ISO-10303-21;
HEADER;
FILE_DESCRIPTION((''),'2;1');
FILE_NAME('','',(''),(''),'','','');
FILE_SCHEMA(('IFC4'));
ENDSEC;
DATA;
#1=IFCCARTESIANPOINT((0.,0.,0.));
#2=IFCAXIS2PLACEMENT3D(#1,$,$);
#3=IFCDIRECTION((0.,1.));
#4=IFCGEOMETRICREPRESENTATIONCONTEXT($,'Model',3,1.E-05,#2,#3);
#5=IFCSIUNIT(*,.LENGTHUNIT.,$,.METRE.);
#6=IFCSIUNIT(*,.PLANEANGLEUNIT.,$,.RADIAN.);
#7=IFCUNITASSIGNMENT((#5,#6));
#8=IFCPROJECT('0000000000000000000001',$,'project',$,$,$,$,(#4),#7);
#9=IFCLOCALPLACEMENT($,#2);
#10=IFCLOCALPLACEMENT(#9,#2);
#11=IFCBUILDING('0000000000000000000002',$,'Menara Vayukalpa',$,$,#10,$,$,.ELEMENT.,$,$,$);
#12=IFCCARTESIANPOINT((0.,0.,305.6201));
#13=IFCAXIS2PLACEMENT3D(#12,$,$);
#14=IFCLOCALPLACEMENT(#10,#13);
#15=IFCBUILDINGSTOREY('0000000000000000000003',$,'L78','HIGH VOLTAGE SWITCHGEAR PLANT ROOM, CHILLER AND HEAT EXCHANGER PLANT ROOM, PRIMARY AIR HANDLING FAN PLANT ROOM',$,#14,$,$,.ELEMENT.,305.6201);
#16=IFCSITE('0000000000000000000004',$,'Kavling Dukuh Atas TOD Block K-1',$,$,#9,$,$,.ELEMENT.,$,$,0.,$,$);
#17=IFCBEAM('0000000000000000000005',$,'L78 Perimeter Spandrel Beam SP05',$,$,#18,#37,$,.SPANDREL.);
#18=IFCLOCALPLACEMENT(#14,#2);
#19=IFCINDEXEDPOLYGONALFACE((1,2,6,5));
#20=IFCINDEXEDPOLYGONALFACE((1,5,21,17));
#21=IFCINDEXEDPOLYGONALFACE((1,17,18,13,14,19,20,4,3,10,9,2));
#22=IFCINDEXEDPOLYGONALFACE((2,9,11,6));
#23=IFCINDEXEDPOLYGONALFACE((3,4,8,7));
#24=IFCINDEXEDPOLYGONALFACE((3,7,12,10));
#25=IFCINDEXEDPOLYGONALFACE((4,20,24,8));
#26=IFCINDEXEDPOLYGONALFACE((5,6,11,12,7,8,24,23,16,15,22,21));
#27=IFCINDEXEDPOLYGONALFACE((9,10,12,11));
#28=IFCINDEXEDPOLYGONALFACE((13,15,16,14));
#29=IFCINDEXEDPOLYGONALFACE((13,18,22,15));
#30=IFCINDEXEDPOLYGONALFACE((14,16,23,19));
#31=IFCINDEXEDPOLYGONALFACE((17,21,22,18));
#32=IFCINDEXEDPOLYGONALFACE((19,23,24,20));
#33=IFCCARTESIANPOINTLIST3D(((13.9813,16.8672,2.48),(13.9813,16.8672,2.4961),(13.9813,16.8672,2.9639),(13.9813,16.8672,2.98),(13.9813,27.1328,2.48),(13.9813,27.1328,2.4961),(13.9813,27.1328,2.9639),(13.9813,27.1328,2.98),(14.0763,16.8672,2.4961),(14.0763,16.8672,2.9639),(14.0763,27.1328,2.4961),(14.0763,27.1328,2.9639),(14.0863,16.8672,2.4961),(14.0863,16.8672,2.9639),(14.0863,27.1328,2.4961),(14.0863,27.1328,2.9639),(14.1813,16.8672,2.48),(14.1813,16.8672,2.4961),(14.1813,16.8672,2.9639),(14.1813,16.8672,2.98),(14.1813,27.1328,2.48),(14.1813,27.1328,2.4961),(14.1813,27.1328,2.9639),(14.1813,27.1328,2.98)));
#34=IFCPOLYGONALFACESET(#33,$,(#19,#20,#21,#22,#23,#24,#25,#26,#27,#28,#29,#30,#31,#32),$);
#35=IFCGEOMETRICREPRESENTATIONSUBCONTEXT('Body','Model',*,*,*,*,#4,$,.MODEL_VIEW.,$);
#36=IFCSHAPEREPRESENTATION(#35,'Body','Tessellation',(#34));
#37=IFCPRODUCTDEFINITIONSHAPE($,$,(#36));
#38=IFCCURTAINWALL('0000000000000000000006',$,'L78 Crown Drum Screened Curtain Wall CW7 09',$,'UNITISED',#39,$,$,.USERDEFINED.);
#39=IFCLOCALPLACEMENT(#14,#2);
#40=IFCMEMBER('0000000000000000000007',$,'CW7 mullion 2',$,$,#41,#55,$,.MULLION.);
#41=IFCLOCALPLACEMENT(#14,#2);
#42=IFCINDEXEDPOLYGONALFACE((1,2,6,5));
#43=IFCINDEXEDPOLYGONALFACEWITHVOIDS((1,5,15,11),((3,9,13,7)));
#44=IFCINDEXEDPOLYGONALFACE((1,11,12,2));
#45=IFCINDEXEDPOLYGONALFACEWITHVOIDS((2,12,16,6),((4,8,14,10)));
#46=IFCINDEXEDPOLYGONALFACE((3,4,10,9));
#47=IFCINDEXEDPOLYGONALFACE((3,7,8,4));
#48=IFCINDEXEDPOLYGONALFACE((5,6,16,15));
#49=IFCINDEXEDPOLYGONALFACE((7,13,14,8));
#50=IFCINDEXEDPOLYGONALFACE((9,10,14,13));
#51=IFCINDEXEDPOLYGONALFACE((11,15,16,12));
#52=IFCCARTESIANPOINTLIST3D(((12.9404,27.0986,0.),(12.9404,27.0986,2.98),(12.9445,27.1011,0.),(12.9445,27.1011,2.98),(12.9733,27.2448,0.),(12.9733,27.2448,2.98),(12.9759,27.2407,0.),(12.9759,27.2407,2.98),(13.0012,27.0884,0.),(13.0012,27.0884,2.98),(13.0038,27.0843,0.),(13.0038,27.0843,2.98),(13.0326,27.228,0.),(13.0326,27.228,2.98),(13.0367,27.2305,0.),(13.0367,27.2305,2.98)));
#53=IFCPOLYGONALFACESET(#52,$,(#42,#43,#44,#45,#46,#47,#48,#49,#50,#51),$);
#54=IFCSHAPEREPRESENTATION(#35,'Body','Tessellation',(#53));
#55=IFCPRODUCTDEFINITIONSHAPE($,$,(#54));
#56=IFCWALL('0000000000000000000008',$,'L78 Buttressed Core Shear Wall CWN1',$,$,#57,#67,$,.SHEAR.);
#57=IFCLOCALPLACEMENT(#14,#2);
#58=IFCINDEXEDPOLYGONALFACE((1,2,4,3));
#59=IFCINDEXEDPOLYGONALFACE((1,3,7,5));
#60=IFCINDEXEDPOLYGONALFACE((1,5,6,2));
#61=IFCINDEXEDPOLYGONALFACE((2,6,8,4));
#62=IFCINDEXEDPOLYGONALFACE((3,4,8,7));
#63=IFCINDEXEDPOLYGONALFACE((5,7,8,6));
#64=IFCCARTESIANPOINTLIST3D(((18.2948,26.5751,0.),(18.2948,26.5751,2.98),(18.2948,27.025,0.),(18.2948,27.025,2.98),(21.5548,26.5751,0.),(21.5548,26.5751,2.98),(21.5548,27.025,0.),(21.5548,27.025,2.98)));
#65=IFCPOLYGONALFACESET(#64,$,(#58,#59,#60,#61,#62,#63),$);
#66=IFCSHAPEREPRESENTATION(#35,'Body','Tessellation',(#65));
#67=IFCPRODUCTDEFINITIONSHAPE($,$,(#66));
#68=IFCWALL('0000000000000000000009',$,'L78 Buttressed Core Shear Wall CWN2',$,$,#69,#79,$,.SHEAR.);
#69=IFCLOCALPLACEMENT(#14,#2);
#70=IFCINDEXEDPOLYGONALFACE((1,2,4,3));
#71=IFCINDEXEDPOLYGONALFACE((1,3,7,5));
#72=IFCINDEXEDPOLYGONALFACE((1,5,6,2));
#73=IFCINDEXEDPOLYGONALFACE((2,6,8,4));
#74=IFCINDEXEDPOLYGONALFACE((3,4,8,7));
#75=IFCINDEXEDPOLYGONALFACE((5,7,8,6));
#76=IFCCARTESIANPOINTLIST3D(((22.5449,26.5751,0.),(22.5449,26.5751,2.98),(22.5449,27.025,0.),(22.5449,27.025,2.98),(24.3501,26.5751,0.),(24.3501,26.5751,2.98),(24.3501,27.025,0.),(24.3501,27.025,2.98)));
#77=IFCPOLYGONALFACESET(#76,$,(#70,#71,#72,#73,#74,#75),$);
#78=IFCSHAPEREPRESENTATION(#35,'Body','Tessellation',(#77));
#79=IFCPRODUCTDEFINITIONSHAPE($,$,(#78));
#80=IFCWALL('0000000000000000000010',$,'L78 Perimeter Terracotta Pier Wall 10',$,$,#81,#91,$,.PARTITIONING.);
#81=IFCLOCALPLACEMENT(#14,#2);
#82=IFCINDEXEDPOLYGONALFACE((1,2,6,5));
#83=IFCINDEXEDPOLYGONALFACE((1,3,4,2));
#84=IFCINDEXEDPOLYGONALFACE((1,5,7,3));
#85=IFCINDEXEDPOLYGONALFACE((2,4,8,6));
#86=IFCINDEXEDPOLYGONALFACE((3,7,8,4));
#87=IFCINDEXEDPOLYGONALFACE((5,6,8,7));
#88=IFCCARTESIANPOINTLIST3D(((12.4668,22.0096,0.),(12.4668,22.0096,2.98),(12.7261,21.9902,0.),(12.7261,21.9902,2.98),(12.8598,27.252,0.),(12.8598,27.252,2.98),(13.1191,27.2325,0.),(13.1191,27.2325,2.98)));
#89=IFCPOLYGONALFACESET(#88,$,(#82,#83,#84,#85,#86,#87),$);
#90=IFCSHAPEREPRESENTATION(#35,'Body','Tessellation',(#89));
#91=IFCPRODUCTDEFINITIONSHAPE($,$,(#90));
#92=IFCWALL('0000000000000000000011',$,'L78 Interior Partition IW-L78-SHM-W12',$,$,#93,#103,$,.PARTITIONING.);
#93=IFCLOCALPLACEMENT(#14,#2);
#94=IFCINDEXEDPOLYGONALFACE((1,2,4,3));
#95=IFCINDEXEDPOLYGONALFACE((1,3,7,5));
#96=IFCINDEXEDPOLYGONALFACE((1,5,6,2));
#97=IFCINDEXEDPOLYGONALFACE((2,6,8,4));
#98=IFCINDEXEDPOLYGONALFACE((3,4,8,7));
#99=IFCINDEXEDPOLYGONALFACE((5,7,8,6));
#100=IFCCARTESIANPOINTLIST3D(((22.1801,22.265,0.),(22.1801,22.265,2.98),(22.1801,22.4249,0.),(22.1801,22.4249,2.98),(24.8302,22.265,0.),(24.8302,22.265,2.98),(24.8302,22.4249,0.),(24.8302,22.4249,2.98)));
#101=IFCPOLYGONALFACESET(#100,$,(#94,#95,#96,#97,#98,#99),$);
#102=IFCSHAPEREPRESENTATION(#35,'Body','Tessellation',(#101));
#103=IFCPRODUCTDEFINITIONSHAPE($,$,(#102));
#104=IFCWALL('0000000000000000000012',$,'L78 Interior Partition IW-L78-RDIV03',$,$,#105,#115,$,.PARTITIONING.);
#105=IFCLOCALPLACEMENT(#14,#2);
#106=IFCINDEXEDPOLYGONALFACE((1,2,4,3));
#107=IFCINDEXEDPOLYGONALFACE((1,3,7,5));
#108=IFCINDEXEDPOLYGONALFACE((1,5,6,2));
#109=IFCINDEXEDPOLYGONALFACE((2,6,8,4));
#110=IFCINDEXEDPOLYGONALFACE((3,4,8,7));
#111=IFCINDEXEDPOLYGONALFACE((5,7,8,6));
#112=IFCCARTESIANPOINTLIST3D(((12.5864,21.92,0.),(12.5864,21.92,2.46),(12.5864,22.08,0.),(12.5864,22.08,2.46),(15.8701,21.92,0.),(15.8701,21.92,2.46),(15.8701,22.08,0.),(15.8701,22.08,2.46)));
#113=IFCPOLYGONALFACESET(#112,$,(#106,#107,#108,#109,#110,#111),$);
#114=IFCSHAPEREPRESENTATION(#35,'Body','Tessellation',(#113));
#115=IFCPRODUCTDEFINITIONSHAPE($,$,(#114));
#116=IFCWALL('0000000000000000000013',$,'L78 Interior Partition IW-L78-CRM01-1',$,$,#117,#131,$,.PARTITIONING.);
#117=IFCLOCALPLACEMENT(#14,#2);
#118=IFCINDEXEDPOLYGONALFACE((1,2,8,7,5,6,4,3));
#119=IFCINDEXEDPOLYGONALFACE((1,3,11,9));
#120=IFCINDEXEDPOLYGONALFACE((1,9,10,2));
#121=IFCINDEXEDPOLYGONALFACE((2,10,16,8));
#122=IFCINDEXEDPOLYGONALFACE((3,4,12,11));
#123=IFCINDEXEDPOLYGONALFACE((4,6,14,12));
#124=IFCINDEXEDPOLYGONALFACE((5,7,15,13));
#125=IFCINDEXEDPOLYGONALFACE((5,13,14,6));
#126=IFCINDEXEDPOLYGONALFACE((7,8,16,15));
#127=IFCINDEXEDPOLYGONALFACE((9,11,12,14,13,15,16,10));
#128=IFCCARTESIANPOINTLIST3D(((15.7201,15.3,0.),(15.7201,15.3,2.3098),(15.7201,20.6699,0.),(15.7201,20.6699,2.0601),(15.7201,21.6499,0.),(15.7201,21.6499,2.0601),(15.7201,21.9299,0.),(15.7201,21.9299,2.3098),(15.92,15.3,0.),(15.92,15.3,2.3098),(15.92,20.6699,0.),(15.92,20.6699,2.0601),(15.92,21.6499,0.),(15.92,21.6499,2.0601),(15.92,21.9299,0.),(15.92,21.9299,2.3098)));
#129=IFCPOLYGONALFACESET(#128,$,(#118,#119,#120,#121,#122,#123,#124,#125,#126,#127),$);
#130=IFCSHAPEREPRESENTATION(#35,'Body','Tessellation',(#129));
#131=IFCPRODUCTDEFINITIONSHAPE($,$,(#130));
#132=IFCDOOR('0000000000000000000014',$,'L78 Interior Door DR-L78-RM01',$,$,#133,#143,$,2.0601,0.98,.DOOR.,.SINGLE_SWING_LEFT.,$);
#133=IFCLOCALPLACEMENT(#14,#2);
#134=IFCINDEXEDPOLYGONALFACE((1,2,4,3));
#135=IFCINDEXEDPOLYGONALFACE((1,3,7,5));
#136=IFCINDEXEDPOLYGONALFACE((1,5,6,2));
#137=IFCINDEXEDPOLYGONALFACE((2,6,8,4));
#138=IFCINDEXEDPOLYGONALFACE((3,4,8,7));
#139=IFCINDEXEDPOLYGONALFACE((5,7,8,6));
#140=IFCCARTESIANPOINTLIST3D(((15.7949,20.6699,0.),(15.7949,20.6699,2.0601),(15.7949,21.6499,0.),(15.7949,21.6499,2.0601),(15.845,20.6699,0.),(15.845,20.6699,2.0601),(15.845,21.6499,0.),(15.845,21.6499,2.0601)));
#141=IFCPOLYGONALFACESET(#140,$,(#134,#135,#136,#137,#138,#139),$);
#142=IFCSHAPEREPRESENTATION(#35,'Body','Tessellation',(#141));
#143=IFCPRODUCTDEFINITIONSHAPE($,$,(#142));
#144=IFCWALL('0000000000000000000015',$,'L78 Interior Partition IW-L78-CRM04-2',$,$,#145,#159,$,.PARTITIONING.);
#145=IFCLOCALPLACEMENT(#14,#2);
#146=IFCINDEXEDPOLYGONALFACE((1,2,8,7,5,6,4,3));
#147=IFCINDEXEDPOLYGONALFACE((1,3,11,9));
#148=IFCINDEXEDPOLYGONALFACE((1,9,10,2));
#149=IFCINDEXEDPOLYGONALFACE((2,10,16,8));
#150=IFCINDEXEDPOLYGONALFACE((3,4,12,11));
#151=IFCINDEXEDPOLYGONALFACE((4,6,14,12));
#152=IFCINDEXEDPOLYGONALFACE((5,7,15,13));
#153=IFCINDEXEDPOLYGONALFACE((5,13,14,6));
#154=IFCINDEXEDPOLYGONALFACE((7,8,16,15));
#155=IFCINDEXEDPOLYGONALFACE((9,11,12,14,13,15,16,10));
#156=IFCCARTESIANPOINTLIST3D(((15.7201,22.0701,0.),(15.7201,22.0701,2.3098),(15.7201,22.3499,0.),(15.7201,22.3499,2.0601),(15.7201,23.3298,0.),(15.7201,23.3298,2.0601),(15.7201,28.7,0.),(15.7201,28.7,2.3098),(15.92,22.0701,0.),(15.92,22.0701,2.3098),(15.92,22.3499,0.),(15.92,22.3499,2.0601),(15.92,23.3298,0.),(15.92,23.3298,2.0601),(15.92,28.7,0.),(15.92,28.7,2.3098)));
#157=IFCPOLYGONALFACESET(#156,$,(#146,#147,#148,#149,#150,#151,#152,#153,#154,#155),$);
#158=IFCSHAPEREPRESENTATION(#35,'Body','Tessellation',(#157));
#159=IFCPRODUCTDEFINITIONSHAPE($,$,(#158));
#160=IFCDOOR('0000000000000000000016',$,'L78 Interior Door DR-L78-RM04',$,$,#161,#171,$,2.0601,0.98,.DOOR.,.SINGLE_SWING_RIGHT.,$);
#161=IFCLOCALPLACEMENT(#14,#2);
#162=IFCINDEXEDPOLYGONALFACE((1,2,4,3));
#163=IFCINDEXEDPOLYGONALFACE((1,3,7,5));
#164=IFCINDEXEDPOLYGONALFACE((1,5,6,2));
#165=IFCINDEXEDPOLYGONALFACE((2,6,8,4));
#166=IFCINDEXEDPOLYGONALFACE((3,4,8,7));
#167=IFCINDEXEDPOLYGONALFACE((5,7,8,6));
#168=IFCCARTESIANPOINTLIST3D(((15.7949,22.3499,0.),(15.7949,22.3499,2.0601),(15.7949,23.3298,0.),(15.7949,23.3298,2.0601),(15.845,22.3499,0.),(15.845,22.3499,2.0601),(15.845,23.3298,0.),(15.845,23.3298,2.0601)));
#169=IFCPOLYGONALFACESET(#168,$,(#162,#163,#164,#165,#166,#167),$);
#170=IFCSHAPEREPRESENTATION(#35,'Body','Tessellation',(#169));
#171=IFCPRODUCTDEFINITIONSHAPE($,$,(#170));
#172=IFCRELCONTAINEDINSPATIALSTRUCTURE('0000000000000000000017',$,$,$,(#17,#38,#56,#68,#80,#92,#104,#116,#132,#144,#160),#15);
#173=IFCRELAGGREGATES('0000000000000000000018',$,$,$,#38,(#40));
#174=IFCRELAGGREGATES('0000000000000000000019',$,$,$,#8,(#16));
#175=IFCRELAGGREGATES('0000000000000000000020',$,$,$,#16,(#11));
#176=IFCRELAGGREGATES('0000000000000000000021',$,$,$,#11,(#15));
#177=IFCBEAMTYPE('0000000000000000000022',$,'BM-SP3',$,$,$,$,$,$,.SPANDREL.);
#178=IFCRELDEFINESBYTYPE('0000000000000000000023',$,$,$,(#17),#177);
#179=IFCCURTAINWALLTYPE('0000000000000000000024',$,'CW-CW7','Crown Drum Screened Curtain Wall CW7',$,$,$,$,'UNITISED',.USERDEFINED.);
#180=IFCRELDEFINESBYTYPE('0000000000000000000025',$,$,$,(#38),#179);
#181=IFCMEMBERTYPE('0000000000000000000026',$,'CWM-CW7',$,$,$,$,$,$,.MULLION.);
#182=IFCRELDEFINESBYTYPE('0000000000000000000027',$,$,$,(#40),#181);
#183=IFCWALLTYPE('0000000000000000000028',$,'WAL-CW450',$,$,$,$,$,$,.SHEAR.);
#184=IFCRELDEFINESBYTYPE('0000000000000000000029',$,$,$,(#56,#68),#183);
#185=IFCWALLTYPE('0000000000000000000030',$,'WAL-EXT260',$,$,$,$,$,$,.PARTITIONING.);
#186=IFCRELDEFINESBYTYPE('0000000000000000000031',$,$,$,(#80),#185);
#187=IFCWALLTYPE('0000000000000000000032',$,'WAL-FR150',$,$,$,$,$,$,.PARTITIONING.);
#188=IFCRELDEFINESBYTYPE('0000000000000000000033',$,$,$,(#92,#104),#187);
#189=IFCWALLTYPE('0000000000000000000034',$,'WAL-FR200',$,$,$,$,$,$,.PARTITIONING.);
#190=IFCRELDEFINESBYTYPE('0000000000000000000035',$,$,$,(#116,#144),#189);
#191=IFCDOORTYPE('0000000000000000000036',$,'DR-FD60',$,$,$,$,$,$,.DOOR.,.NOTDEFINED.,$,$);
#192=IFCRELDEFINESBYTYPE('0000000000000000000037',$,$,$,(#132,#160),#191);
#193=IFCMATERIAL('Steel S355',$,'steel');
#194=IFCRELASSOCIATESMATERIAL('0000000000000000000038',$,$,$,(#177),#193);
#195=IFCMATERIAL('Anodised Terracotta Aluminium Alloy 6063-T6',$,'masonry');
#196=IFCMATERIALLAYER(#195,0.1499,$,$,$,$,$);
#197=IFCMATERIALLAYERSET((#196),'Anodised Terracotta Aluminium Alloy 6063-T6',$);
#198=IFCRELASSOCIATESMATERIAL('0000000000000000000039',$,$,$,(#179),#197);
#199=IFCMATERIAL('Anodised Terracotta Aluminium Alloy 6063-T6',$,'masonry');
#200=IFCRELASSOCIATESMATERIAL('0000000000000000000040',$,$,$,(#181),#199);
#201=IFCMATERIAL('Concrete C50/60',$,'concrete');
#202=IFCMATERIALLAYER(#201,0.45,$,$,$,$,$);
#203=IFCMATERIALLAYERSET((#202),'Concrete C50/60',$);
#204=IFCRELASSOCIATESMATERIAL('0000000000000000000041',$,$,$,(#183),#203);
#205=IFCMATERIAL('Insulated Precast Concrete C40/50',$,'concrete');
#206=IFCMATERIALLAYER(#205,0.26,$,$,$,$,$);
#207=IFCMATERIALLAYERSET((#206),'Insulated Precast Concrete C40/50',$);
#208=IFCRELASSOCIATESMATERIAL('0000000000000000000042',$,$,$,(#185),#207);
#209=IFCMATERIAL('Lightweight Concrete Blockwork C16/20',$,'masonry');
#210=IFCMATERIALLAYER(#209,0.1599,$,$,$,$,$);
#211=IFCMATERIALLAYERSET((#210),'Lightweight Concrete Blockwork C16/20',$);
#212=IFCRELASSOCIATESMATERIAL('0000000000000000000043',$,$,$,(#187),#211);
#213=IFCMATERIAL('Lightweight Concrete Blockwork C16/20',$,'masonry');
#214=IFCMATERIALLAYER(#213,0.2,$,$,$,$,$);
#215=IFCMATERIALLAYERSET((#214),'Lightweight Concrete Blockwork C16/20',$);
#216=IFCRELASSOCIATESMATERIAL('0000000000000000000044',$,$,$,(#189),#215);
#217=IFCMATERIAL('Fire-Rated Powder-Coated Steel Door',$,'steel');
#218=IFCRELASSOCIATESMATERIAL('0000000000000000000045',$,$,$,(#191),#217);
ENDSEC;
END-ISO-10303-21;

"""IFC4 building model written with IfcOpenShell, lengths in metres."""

from ifc_helpers import new_model, si_unit, direction, frame, frame_2d, origin, origin_2d, place, context, subcontext, project, spatial, rectangle, hollow_rectangle, i_section, extrude, material, layer, layer_set, material_profile, profile_set, type_object, element, fill, aggregate, save


model = new_model("IFC4")

# Units and contexts
model_context = context("Model", 3, precision=1e-05, world=origin(), true_north=direction((0.0, 1.0)))
body_context = subcontext(model_context, "Body", "Model", "MODEL_VIEW")
ifc_project = project(units=[si_unit("LENGTHUNIT", "METRE"), si_unit("PLANEANGLEUNIT", "RADIAN")], contexts=[model_context])

# Site, building, storey
site_placement = place(None, origin())
site = spatial("IfcSite", under=ifc_project, at=site_placement, Name="Kavling Dukuh Atas TOD Block K-1", CompositionType="ELEMENT", RefElevation=0.0)
building_placement = place(site_placement, origin())
building = spatial("IfcBuilding", under=site, at=building_placement, Name="Menara Vayukalpa", CompositionType="ELEMENT")
storey_placement = place(building_placement, frame((0.0, 0.0, 305.6201)))
storey = spatial("IfcBuildingStorey", under=building, at=storey_placement, Name="L78", Description="HIGH VOLTAGE SWITCHGEAR PLANT ROOM, CHILLER AND HEAT EXCHANGER PLANT ROOM, PRIMARY AIR HANDLING FAN PLANT ROOM", CompositionType="ELEMENT", Elevation=305.6201)

# Beam
ifc_material_1 = material(Name="Steel S355", Category="steel")
ifc_material_profile_1 = material_profile(ifc_material_1, i_section(OverallWidth=0.2, OverallDepth=0.5, WebThickness=0.01, FlangeThickness=0.0161, at=origin_2d()), Name="WF 500x200x10x16")
ifc_profile_set_1 = profile_set([ifc_material_profile_1], Name="Steel S355")
beam_type_1 = type_object("IfcBeamType", Name="BM-SP3", PredefinedType="SPANDREL", material=ifc_profile_set_1)
beam_1_placement = place(storey_placement, frame((14.0813, 27.1328, 2.73), z_axis=(0.0, -1.0, 0.0), x_axis=(1.0, 0.0, 0.0)))
element("IfcBeam", 1, at=beam_1_placement, inside=storey, type_object=beam_type_1, Name="L78 Perimeter Spandrel Beam SP05", PredefinedType="SPANDREL", context=body_context, shape_type="SweptSolid", body=[
    extrude(i_section(OverallWidth=0.2, OverallDepth=0.5, WebThickness=0.01, FlangeThickness=0.0161, at=origin_2d()), origin(), (0.0, 0.0, 1.0), 10.2656),
])

# Curtain wall, member
ifc_material_2 = material(Name="Anodised Terracotta Aluminium Alloy 6063-T6", Category="masonry")
ifc_layer_1 = layer(ifc_material_2, 0.1499)
ifc_layer_set_1 = layer_set([ifc_layer_1], Name="Anodised Terracotta Aluminium Alloy 6063-T6")
curtain_wall_type = type_object("IfcCurtainWallType", Name="CW-CW7", Description="Crown Drum Screened Curtain Wall CW7", ElementType="UNITISED", PredefinedType="USERDEFINED", material=ifc_layer_set_1)
curtain_wall_placement = place(storey_placement, origin())
curtain_wall = element("IfcCurtainWall", 2, at=curtain_wall_placement, inside=storey, type_object=curtain_wall_type, Name="L78 Crown Drum Screened Curtain Wall CW7 09", ObjectType="UNITISED", PredefinedType="USERDEFINED")
ifc_material_3 = material(Name="Anodised Terracotta Aluminium Alloy 6063-T6", Category="masonry")
ifc_material_profile_2 = material_profile(ifc_material_3, hollow_rectangle(XDim=0.0649, YDim=0.1499, WallThickness=0.0034, at=origin_2d()), Name="ALU 65x150x3.5")
ifc_profile_set_2 = profile_set([ifc_material_profile_2], Name="Anodised Terracotta Aluminium Alloy 6063-T6")
member_type = type_object("IfcMemberType", Name="CWM-CW7", PredefinedType="MULLION", material=ifc_profile_set_2)
member_placement = place(storey_placement, frame((12.9885, 27.1646, 0.0), z_axis=(0.0, 0.0, 1.0), x_axis=(0.975609, -0.219516, 0.0)))
member = element("IfcMember", 3, at=member_placement, type_object=member_type, Name="CW7 mullion 2", PredefinedType="MULLION", context=body_context, shape_type="SweptSolid", body=[
    extrude(hollow_rectangle(XDim=0.0649, YDim=0.1499, WallThickness=0.0034, at=origin_2d()), origin(), (0.0, 0.0, 1.0), 2.98),
])
aggregate(curtain_wall, [member])

# Walls
ifc_material_4 = material(Name="Concrete C50/60", Category="concrete")
ifc_layer_2 = layer(ifc_material_4, 0.45)
ifc_layer_set_2 = layer_set([ifc_layer_2], Name="Concrete C50/60")
wall_type_1 = type_object("IfcWallType", Name="WAL-CW450", PredefinedType="SHEAR", material=ifc_layer_set_2)
wall_1_placement = place(storey_placement, frame((18.2949, 26.8, 0.0), z_axis=(0.0, 0.0, 1.0), x_axis=(1.0, 0.0, 0.0)))
element("IfcWall", 4, at=wall_1_placement, inside=storey, type_object=wall_type_1, Name="L78 Buttressed Core Shear Wall CWN1", PredefinedType="SHEAR", context=body_context, shape_type="SweptSolid", body=[
    extrude(rectangle(XDim=3.26, YDim=0.45, at=frame_2d((1.6299, 0.0))), origin(), (0.0, 0.0, 1.0), 2.98),
])
wall_2_placement = place(storey_placement, frame((22.5449, 26.8, 0.0), z_axis=(0.0, 0.0, 1.0), x_axis=(1.0, 0.0, 0.0)))
element("IfcWall", 5, at=wall_2_placement, inside=storey, type_object=wall_type_1, Name="L78 Buttressed Core Shear Wall CWN2", PredefinedType="SHEAR", context=body_context, shape_type="SweptSolid", body=[
    extrude(rectangle(XDim=1.8052, YDim=0.45, at=frame_2d((0.9026, 0.0))), origin(), (0.0, 0.0, 1.0), 2.98),
])
ifc_material_5 = material(Name="Insulated Precast Concrete C40/50", Category="concrete")
ifc_layer_3 = layer(ifc_material_5, 0.26)
ifc_layer_set_3 = layer_set([ifc_layer_3], Name="Insulated Precast Concrete C40/50")
wall_type_2 = type_object("IfcWallType", Name="WAL-EXT260", PredefinedType="PARTITIONING", material=ifc_layer_set_3)
wall_3_placement = place(storey_placement, frame((12.5964, 22.0, 0.0), z_axis=(0.0, 0.0, 1.0), x_axis=(0.074768, 0.997201, 0.0)))
element("IfcWall", 6, at=wall_3_placement, inside=storey, type_object=wall_type_2, Name="L78 Perimeter Terracotta Pier Wall 10", PredefinedType="PARTITIONING", context=body_context, shape_type="SweptSolid", body=[
    extrude(rectangle(XDim=5.2571, YDim=0.26, at=frame_2d((2.6284, 0.0))), origin(), (0.0, 0.0, 1.0), 2.98),
])
ifc_material_6 = material(Name="Lightweight Concrete Blockwork C16/20", Category="masonry")
ifc_layer_4 = layer(ifc_material_6, 0.1599)
ifc_layer_set_4 = layer_set([ifc_layer_4], Name="Lightweight Concrete Blockwork C16/20")
wall_type_3 = type_object("IfcWallType", Name="WAL-FR150", PredefinedType="PARTITIONING", material=ifc_layer_set_4)
wall_4_placement = place(storey_placement, frame((22.1799, 22.345, 0.0), z_axis=(0.0, 0.0, 1.0), x_axis=(1.0, 0.0, 0.0)))
element("IfcWall", 7, at=wall_4_placement, inside=storey, type_object=wall_type_3, Name="L78 Interior Partition IW-L78-SHM-W12", PredefinedType="PARTITIONING", context=body_context, shape_type="SweptSolid", body=[
    extrude(rectangle(XDim=2.6501, YDim=0.1599, at=frame_2d((1.3252, 0.0))), origin(), (0.0, 0.0, 1.0), 2.98),
])
wall_5_placement = place(storey_placement, frame((12.5864, 22.0, 0.0), z_axis=(0.0, 0.0, 1.0), x_axis=(1.0, 0.0, 0.0)))
element("IfcWall", 8, at=wall_5_placement, inside=storey, type_object=wall_type_3, Name="L78 Interior Partition IW-L78-RDIV03", PredefinedType="PARTITIONING", context=body_context, shape_type="SweptSolid", body=[
    extrude(rectangle(XDim=3.2837, YDim=0.1599, at=frame_2d((1.6418, 0.0))), origin(), (0.0, 0.0, 1.0), 2.46),
])

# Walls, openings, doors
ifc_material_7 = material(Name="Lightweight Concrete Blockwork C16/20", Category="masonry")
ifc_layer_5 = layer(ifc_material_7, 0.2)
ifc_layer_set_5 = layer_set([ifc_layer_5], Name="Lightweight Concrete Blockwork C16/20")
wall_type_4 = type_object("IfcWallType", Name="WAL-FR200", PredefinedType="PARTITIONING", material=ifc_layer_set_5)
wall_6_placement = place(storey_placement, frame((15.8201, 21.9299, 0.0), z_axis=(0.0, 0.0, 1.0), x_axis=(0.0, -1.0, 0.0)))
wall_6 = element("IfcWall", 9, at=wall_6_placement, inside=storey, type_object=wall_type_4, Name="L78 Interior Partition IW-L78-CRM01-1", PredefinedType="PARTITIONING", context=body_context, shape_type="SweptSolid", body=[
    extrude(rectangle(XDim=6.6299, YDim=0.2, at=frame_2d((3.3149, 0.0))), origin(), (0.0, 0.0, 1.0), 2.3098),
])
opening_1_placement = place(wall_6_placement, frame((0.28, 0.0, 0.0)))
opening_1 = element("IfcOpeningElement", 10, at=opening_1_placement, cuts=wall_6, PredefinedType="OPENING", context=body_context, shape_type="SweptSolid", body=[
    extrude(rectangle(XDim=0.98, YDim=2.0601, at=frame_2d((0.49, 1.03))), frame((0.0, 0.1099, 0.0), z_axis=(0.0, -1.0, 0.0), x_axis=(1.0, 0.0, 0.0)), (0.0, 0.0, 1.0), 0.22),
])
ifc_material_8 = material(Name="Fire-Rated Powder-Coated Steel Door", Category="steel")
door_type = type_object("IfcDoorType", Name="DR-FD60", OperationType="NOTDEFINED", PredefinedType="DOOR", material=ifc_material_8)
door_1_placement = place(opening_1_placement, origin())
door_1 = element("IfcDoor", 11, at=door_1_placement, inside=storey, type_object=door_type, Name="L78 Interior Door DR-L78-RM01", OperationType="SINGLE_SWING_LEFT", OverallHeight=2.0601, OverallWidth=0.98, PredefinedType="DOOR", context=body_context, shape_type="SweptSolid", body=[
    extrude(rectangle(XDim=0.98, YDim=2.0601, at=frame_2d((0.49, 1.03))), frame((0.0, 0.0249, 0.0), z_axis=(0.0, -1.0, 0.0), x_axis=(1.0, 0.0, 0.0)), (0.0, 0.0, 1.0), 0.05),
])
fill(opening_1, door_1)
wall_7_placement = place(storey_placement, frame((15.8201, 28.7, 0.0), z_axis=(0.0, 0.0, 1.0), x_axis=(0.0, -1.0, 0.0)))
wall_7 = element("IfcWall", 12, at=wall_7_placement, inside=storey, type_object=wall_type_4, Name="L78 Interior Partition IW-L78-CRM04-2", PredefinedType="PARTITIONING", context=body_context, shape_type="SweptSolid", body=[
    extrude(rectangle(XDim=6.6299, YDim=0.2, at=frame_2d((3.3149, 0.0))), origin(), (0.0, 0.0, 1.0), 2.3098),
])
opening_2_placement = place(wall_7_placement, frame((5.3701, 0.0, 0.0)))
opening_2 = element("IfcOpeningElement", 13, at=opening_2_placement, cuts=wall_7, PredefinedType="OPENING", context=body_context, shape_type="SweptSolid", body=[
    extrude(rectangle(XDim=0.98, YDim=2.0601, at=frame_2d((0.49, 1.03))), frame((0.0, 0.1099, 0.0), z_axis=(0.0, -1.0, 0.0), x_axis=(1.0, 0.0, 0.0)), (0.0, 0.0, 1.0), 0.22),
])
door_2_placement = place(opening_2_placement, origin())
door_2 = element("IfcDoor", 14, at=door_2_placement, inside=storey, type_object=door_type, Name="L78 Interior Door DR-L78-RM04", OperationType="SINGLE_SWING_RIGHT", OverallHeight=2.0601, OverallWidth=0.98, PredefinedType="DOOR", context=body_context, shape_type="SweptSolid", body=[
    extrude(rectangle(XDim=0.98, YDim=2.0601, at=frame_2d((0.49, 1.03))), frame((0.0, 0.0249, 0.0), z_axis=(0.0, -1.0, 0.0), x_axis=(1.0, 0.0, 0.0)), (0.0, 0.0, 1.0), 0.05),
])
fill(opening_2, door_2)

save(model, "model.ifc")
